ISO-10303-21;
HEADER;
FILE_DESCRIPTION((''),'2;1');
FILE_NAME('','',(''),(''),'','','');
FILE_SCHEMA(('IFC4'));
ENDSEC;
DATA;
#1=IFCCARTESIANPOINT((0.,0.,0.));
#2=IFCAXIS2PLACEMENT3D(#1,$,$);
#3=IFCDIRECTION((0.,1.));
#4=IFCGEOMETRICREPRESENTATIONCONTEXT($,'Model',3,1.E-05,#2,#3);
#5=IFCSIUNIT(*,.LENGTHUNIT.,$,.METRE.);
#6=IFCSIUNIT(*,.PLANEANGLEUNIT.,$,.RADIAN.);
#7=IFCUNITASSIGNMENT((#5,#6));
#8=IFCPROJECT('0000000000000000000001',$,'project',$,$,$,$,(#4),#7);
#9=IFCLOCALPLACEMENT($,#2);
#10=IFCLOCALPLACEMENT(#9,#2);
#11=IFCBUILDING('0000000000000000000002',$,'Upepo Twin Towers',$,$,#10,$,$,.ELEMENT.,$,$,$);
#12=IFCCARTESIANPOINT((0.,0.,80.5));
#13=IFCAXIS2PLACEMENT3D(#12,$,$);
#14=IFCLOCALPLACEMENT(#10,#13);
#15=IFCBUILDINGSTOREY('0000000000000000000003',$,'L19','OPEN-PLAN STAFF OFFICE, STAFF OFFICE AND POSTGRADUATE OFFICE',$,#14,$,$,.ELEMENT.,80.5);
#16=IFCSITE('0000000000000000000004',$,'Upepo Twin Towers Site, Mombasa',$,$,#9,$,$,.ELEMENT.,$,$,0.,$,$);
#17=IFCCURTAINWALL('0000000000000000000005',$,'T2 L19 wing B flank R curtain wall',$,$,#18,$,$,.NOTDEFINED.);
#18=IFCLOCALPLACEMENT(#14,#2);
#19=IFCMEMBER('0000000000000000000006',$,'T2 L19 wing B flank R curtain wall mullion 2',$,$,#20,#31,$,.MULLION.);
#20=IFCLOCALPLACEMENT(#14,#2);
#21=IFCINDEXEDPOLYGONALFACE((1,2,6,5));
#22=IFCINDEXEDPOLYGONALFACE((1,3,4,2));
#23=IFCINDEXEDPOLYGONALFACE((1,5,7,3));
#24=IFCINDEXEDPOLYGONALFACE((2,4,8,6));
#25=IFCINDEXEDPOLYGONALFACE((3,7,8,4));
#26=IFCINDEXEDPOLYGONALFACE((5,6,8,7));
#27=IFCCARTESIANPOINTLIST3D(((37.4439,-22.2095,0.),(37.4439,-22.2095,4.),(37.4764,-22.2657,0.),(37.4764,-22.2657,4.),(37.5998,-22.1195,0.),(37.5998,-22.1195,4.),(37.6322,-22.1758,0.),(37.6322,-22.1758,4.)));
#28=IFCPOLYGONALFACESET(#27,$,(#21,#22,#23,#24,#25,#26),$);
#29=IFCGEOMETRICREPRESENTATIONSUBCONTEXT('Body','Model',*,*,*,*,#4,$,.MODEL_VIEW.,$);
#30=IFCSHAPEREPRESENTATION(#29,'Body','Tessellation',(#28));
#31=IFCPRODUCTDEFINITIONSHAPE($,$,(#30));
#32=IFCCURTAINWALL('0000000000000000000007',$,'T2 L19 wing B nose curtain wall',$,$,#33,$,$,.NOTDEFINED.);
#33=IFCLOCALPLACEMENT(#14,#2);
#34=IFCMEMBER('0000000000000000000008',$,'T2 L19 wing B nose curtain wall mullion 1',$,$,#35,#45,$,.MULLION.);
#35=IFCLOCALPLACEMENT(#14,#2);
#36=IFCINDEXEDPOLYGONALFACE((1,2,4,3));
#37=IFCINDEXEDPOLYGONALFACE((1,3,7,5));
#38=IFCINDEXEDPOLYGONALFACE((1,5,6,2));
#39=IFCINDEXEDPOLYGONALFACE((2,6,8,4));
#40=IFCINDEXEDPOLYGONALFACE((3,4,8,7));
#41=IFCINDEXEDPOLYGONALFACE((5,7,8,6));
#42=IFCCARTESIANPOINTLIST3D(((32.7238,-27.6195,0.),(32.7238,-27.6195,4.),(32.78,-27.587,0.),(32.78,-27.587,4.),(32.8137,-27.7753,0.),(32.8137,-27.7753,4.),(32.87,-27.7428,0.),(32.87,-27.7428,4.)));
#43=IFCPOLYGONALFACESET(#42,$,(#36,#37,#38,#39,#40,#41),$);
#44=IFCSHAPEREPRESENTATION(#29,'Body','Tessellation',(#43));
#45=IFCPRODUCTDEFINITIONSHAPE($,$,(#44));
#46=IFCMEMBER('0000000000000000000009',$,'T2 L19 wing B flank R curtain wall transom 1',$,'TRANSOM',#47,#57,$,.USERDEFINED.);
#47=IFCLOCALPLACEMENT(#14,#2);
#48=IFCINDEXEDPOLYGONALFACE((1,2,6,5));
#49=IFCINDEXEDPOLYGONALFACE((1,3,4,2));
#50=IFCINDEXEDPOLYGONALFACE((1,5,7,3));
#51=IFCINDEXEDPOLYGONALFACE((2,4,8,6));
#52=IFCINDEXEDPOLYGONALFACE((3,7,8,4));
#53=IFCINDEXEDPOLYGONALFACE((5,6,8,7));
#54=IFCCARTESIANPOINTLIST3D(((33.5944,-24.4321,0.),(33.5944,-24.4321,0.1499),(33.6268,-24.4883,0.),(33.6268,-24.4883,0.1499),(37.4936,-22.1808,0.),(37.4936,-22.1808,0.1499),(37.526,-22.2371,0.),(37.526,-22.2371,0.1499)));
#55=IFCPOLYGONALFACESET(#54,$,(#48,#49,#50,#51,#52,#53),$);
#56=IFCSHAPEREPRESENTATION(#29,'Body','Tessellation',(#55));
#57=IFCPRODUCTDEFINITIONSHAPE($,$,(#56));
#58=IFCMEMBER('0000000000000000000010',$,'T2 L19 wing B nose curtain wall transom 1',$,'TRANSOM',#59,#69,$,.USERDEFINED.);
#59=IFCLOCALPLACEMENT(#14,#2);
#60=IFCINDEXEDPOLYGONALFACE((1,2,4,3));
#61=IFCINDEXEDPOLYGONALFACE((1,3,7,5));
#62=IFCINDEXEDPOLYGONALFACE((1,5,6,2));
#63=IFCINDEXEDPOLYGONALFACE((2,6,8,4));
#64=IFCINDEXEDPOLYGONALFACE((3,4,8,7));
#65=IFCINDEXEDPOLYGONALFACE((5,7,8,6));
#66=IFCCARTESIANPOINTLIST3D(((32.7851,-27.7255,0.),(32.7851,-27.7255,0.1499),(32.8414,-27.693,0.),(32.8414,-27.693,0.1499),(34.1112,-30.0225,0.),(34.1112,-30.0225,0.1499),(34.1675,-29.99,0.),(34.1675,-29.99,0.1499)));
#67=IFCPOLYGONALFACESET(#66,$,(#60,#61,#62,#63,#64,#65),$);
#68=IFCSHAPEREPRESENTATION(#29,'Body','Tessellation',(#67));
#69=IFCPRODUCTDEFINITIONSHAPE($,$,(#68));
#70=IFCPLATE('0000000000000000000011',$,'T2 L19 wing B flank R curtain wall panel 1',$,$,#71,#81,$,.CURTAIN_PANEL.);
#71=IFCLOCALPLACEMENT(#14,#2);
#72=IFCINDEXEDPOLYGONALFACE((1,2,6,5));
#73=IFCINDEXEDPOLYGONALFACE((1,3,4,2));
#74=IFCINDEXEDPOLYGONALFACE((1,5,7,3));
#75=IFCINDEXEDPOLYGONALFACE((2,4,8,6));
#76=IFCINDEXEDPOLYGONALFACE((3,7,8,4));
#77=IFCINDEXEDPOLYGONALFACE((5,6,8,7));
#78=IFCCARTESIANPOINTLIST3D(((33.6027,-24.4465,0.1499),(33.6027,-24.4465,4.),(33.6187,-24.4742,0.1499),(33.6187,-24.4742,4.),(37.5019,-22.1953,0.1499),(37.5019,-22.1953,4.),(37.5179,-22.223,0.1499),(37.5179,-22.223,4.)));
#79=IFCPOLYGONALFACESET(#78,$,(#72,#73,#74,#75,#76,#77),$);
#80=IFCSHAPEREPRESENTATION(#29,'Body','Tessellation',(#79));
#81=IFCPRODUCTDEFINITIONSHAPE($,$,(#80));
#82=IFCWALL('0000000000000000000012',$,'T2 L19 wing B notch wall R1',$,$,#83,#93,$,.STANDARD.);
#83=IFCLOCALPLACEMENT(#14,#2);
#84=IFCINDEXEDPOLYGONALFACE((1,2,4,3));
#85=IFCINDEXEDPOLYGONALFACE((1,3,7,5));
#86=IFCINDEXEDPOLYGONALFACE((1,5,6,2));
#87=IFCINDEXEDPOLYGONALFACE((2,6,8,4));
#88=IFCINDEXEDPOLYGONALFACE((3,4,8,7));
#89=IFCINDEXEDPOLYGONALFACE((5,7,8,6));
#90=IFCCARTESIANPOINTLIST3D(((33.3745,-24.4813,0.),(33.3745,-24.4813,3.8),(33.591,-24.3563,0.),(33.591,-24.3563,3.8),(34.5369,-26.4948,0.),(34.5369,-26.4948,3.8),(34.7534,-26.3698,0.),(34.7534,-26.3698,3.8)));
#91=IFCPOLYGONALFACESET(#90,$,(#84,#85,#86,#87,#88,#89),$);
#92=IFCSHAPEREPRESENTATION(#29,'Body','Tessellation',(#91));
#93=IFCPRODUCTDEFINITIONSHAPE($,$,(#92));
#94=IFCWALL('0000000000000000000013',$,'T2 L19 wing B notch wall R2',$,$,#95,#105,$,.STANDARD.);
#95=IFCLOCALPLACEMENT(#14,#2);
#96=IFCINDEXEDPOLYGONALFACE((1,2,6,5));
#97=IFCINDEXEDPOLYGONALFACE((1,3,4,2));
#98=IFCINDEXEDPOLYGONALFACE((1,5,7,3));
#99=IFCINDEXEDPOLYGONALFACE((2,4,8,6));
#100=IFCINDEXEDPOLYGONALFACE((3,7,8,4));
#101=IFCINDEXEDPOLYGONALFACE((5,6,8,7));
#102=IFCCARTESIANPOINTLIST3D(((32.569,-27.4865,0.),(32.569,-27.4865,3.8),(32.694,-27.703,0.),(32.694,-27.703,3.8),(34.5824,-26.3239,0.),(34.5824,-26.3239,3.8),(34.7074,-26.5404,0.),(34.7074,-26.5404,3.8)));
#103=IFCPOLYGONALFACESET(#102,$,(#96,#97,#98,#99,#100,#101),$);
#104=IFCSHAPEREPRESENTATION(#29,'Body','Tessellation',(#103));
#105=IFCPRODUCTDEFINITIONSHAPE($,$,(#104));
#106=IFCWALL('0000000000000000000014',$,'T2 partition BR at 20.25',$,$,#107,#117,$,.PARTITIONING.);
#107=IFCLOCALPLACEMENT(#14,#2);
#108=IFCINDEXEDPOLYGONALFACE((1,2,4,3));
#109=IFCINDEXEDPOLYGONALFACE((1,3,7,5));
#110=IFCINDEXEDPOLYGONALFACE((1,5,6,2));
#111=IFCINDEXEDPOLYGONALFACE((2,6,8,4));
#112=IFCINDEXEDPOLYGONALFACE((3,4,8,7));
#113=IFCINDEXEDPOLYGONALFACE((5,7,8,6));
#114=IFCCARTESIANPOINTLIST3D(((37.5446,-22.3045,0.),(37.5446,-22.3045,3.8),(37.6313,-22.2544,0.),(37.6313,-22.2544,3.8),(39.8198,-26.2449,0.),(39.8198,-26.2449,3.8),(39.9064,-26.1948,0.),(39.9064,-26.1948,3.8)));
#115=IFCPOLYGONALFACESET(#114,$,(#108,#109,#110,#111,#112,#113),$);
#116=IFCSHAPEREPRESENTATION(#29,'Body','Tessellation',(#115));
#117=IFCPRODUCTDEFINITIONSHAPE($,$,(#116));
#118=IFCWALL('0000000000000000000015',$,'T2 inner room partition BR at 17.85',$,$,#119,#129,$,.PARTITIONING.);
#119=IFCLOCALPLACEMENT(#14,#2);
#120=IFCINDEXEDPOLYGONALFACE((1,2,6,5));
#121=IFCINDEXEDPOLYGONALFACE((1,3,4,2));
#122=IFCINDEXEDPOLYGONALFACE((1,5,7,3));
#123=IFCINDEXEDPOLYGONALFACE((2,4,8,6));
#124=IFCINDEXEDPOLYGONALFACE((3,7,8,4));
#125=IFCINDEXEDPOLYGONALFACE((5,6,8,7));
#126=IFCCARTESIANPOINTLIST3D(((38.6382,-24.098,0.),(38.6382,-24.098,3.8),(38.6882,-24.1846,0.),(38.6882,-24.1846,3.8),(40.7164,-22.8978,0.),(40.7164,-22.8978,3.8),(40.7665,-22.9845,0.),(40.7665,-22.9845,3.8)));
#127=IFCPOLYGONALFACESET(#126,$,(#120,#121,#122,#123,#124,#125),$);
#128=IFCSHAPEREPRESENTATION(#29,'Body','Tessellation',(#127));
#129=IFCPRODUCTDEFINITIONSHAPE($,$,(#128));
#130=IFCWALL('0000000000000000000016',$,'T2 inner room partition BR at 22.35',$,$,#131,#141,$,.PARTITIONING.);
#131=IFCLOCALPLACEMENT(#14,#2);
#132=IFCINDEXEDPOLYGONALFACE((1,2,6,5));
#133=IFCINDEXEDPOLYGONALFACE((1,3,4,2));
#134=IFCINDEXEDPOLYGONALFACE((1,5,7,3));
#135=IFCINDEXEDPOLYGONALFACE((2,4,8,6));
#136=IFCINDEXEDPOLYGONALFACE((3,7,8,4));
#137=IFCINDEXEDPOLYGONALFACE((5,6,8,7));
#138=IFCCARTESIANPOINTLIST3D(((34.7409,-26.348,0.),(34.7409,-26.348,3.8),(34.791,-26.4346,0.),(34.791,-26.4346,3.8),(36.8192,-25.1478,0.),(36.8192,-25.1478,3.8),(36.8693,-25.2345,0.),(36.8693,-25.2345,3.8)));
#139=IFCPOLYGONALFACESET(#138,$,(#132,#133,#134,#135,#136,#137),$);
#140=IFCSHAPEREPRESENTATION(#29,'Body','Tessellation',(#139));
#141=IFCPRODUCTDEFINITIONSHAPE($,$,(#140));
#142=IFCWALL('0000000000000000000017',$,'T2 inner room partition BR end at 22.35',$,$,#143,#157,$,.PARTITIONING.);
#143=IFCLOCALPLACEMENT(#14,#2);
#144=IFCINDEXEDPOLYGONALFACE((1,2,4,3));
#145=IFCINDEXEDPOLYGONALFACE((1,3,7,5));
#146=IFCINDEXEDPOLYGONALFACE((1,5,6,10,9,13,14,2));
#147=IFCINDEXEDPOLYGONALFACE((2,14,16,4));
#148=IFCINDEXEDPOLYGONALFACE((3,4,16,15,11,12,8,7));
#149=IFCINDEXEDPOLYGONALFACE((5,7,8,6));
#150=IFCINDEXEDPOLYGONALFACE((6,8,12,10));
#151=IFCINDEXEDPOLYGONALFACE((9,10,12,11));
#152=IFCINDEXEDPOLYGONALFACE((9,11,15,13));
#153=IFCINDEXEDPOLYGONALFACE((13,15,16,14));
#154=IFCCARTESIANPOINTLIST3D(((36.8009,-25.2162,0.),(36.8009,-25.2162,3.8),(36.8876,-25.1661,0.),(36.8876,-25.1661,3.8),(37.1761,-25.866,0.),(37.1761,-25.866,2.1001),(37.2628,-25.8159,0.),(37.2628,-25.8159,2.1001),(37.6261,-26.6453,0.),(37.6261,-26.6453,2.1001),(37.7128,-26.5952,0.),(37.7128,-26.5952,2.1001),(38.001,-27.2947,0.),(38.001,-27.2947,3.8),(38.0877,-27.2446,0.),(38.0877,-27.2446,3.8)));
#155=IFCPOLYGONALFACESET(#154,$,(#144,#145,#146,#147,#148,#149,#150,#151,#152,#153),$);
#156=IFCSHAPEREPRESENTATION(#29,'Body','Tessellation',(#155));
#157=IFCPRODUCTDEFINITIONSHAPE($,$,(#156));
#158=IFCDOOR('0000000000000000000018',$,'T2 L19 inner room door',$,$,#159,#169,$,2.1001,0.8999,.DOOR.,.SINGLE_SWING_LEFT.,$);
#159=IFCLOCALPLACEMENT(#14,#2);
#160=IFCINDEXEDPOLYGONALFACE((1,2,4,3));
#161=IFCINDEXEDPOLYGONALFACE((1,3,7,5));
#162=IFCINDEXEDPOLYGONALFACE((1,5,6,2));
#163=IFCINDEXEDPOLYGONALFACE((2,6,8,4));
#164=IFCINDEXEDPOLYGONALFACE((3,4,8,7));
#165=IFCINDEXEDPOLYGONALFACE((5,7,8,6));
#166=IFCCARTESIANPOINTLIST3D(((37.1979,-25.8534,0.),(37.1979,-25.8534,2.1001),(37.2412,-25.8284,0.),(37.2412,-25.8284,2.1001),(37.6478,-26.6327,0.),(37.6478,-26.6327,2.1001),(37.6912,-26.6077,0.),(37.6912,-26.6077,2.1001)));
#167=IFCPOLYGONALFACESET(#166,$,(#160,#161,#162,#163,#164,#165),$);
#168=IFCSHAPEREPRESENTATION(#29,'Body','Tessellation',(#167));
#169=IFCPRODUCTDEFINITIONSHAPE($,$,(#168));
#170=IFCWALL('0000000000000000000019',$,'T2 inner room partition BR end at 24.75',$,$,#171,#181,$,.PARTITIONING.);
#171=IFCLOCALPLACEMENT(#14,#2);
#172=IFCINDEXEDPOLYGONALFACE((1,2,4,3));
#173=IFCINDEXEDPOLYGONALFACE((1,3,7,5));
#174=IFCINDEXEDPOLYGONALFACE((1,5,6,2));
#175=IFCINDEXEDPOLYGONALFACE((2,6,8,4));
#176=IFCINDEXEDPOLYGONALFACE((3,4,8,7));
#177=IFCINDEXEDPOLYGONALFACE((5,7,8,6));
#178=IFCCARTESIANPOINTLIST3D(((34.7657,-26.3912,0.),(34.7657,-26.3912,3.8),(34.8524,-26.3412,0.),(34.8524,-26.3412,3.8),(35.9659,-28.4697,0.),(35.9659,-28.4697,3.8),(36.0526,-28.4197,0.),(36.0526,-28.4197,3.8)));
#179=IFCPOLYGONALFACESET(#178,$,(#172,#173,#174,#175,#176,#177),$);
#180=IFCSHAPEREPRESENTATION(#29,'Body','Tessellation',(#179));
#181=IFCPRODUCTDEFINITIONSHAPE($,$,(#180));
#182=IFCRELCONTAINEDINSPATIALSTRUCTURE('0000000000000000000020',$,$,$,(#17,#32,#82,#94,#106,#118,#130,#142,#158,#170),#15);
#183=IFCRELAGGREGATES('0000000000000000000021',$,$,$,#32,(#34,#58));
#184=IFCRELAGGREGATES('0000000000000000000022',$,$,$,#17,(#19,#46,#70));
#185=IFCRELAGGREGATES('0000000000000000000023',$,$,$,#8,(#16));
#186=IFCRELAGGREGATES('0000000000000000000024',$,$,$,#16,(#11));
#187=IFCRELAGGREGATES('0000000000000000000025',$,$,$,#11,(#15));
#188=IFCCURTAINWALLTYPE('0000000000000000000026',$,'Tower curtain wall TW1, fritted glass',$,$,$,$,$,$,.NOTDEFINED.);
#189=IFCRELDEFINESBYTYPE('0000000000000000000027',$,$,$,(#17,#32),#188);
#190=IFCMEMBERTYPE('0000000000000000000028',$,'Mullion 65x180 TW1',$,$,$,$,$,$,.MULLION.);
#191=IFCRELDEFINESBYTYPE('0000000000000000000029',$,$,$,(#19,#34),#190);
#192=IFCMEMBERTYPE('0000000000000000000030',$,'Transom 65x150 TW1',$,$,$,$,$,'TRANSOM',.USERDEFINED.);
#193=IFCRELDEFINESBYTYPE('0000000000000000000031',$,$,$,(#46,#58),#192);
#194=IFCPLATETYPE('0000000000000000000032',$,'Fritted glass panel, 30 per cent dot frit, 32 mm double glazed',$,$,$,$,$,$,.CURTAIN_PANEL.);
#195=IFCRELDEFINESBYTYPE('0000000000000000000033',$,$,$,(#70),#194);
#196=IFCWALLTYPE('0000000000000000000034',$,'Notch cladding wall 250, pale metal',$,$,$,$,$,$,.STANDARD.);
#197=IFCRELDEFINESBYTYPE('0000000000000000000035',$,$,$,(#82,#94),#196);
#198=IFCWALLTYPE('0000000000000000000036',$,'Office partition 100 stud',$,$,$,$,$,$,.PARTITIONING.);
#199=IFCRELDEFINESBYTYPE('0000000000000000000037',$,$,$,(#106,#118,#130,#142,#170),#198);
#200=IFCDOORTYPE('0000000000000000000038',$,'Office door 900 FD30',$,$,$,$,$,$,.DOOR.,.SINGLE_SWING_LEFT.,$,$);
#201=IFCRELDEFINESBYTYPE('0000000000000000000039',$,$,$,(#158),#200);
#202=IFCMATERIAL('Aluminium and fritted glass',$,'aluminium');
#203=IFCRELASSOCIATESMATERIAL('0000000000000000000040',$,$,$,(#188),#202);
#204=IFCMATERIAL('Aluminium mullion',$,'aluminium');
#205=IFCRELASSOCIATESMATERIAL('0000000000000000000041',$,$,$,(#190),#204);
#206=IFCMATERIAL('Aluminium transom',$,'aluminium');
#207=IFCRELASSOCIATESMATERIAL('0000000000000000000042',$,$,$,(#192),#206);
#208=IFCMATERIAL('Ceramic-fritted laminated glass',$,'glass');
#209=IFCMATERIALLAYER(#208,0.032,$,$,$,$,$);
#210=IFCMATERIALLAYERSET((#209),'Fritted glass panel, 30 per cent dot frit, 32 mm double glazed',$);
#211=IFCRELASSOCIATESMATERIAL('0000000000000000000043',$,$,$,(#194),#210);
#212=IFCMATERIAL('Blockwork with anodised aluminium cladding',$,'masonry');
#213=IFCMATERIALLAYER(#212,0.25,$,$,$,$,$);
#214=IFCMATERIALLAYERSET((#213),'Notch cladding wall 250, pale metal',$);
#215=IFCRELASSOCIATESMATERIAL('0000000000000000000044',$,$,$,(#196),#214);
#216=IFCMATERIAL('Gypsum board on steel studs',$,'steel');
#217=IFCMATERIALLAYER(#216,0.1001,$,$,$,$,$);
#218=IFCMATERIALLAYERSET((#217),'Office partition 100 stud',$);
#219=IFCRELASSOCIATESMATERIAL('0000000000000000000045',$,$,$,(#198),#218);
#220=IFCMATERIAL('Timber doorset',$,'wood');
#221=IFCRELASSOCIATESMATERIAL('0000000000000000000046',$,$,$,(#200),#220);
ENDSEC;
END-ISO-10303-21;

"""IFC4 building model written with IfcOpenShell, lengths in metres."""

from ifc_helpers import new_model, si_unit, direction, frame, frame_2d, origin, origin_2d, place, context, subcontext, project, spatial, rectangle, extrude, material, layer, layer_set, material_profile, profile_set, type_object, element, fill, aggregate, save


model = new_model("IFC4")

# Units and contexts
model_context = context("Model", 3, precision=1e-05, world=origin(), true_north=direction((0.0, 1.0)))
body_context = subcontext(model_context, "Body", "Model", "MODEL_VIEW")
ifc_project = project(units=[si_unit("LENGTHUNIT", "METRE"), si_unit("PLANEANGLEUNIT", "RADIAN")], contexts=[model_context])

# Site, building, storey
site_placement = place(None, origin())
site = spatial("IfcSite", under=ifc_project, at=site_placement, Name="Upepo Twin Towers Site, Mombasa", CompositionType="ELEMENT", RefElevation=0.0)
building_placement = place(site_placement, origin())
building = spatial("IfcBuilding", under=site, at=building_placement, Name="Upepo Twin Towers", CompositionType="ELEMENT")
storey_placement = place(building_placement, frame((0.0, 0.0, 80.5)))
storey = spatial("IfcBuildingStorey", under=building, at=storey_placement, Name="L19", Description="OPEN-PLAN STAFF OFFICE, STAFF OFFICE AND POSTGRADUATE OFFICE", CompositionType="ELEMENT", Elevation=80.5)

# Curtain wall, member
ifc_material_1 = material(Name="Aluminium and fritted glass", Category="aluminium")
curtain_wall_type = type_object("IfcCurtainWallType", Name="Tower curtain wall TW1, fritted glass", PredefinedType="NOTDEFINED", material=ifc_material_1)
curtain_wall_1_placement = place(storey_placement, origin())
curtain_wall_1 = element("IfcCurtainWall", 1, at=curtain_wall_1_placement, inside=storey, type_object=curtain_wall_type, Name="T2 L19 wing B flank R curtain wall", PredefinedType="NOTDEFINED")
ifc_material_2 = material(Name="Aluminium mullion", Category="aluminium")
ifc_material_profile_1 = material_profile(ifc_material_2, rectangle(XDim=0.0649, YDim=0.1799, at=origin_2d()), Name="MULLION 65x180")
ifc_profile_set_1 = profile_set([ifc_material_profile_1], Name="Aluminium mullion")
member_type_1 = type_object("IfcMemberType", Name="Mullion 65x180 TW1", PredefinedType="MULLION", material=ifc_profile_set_1)
member_1_placement = place(storey_placement, frame((37.5381, -22.1926, 0.0), z_axis=(0.0, 0.0, 1.0), x_axis=(-0.5, 0.866025, 0.0)))
member_1 = element("IfcMember", 2, at=member_1_placement, type_object=member_type_1, Name="T2 L19 wing B flank R curtain wall mullion 2", PredefinedType="MULLION", context=body_context, shape_type="SweptSolid", body=[
    extrude(rectangle(XDim=0.0649, YDim=0.1799, at=origin_2d()), origin(), (0.0, 0.0, 1.0), 4.0),
])

# Curtain wall, member
curtain_wall_2_placement = place(storey_placement, origin())
curtain_wall_2 = element("IfcCurtainWall", 3, at=curtain_wall_2_placement, inside=storey, type_object=curtain_wall_type, Name="T2 L19 wing B nose curtain wall", PredefinedType="NOTDEFINED")
member_2_placement = place(storey_placement, frame((32.7969, -27.6812, 0.0), z_axis=(0.0, 0.0, 1.0), x_axis=(0.866025, 0.5, 0.0)))
member_2 = element("IfcMember", 4, at=member_2_placement, type_object=member_type_1, Name="T2 L19 wing B nose curtain wall mullion 1", PredefinedType="MULLION", context=body_context, shape_type="SweptSolid", body=[
    extrude(rectangle(XDim=0.0649, YDim=0.1799, at=origin_2d()), origin(), (0.0, 0.0, 1.0), 4.0),
])

# Members
ifc_material_3 = material(Name="Aluminium transom", Category="aluminium")
ifc_material_profile_2 = material_profile(ifc_material_3, rectangle(XDim=0.0649, YDim=0.1499, at=origin_2d()), Name="TRANSOM 65x150")
ifc_profile_set_2 = profile_set([ifc_material_profile_2], Name="Aluminium transom")
member_type_2 = type_object("IfcMemberType", Name="Transom 65x150 TW1", ElementType="TRANSOM", PredefinedType="USERDEFINED", material=ifc_profile_set_2)
member_3_placement = place(storey_placement, frame((33.6106, -24.4602, 0.075), z_axis=(0.866022, 0.500006, 0.0), x_axis=(-0.500006, 0.866022, 0.0)))
member_3 = element("IfcMember", 5, at=member_3_placement, type_object=member_type_2, Name="T2 L19 wing B flank R curtain wall transom 1", ObjectType="TRANSOM", PredefinedType="USERDEFINED", context=body_context, shape_type="SweptSolid", body=[
    extrude(rectangle(XDim=0.0649, YDim=0.1499, at=origin_2d()), origin(), (0.0, 0.0, 1.0), 4.5024),
])
member_4_placement = place(storey_placement, frame((32.8132, -27.7092, 0.075), z_axis=(0.49998, -0.866037, 0.0), x_axis=(0.866037, 0.49998, 0.0)))
member_4 = element("IfcMember", 6, at=member_4_placement, type_object=member_type_2, Name="T2 L19 wing B nose curtain wall transom 1", ObjectType="TRANSOM", PredefinedType="USERDEFINED", context=body_context, shape_type="SweptSolid", body=[
    extrude(rectangle(XDim=0.0649, YDim=0.1499, at=origin_2d()), origin(), (0.0, 0.0, 1.0), 2.6523),
])
aggregate(curtain_wall_2, [member_2, member_4])

# Plate
ifc_material_4 = material(Name="Ceramic-fritted laminated glass", Category="glass")
ifc_layer_1 = layer(ifc_material_4, 0.032)
ifc_layer_set_1 = layer_set([ifc_layer_1], Name="Fritted glass panel, 30 per cent dot frit, 32 mm double glazed")
plate_type = type_object("IfcPlateType", Name="Fritted glass panel, 30 per cent dot frit, 32 mm double glazed", PredefinedType="CURTAIN_PANEL", material=ifc_layer_set_1)
plate_placement = place(storey_placement, frame((35.5603, -23.3347, 0.1499), z_axis=(0.0, 0.0, 1.0), x_axis=(0.866025, 0.5, 0.0)))
plate = element("IfcPlate", 7, at=plate_placement, type_object=plate_type, Name="T2 L19 wing B flank R curtain wall panel 1", PredefinedType="CURTAIN_PANEL", context=body_context, shape_type="SweptSolid", body=[
    extrude(rectangle(XDim=4.5024, YDim=0.032, at=origin_2d()), origin(), (0.0, 0.0, 1.0), 3.8501),
])
aggregate(curtain_wall_1, [member_1, member_3, plate])

# Walls
ifc_material_5 = material(Name="Blockwork with anodised aluminium cladding", Category="masonry")
ifc_layer_2 = layer(ifc_material_5, 0.25)
ifc_layer_set_2 = layer_set([ifc_layer_2], Name="Notch cladding wall 250, pale metal")
wall_type_1 = type_object("IfcWallType", Name="Notch cladding wall 250, pale metal", PredefinedType="STANDARD", material=ifc_layer_set_2)
for number, where, z_axis, x_axis, name in (
    (8, (33.4827, -24.4187, 0.0), (0.0, 0.0, 1.0), (0.499968, -0.866044, 0.0), "T2 L19 wing B notch wall R1"),
    (9, (34.645, -26.4321, 0.0), (0.0, 0.0, 1.0), (-0.865998, -0.500047, 0.0), "T2 L19 wing B notch wall R2"),
):
    element("IfcWall", number, at=place(storey_placement, frame(where, z_axis=z_axis, x_axis=x_axis)), inside=storey, type_object=wall_type_1, Name=name, PredefinedType="STANDARD", context=body_context, shape_type="SweptSolid", body=[
        extrude(rectangle(XDim=2.325, YDim=0.25, at=frame_2d((1.1626, 0.0))), origin(), (0.0, 0.0, 1.0), 3.8),
    ])
ifc_material_6 = material(Name="Gypsum board on steel studs", Category="steel")
ifc_layer_3 = layer(ifc_material_6, 0.1001)
ifc_layer_set_3 = layer_set([ifc_layer_3], Name="Office partition 100 stud")
wall_type_2 = type_object("IfcWallType", Name="Office partition 100 stud", PredefinedType="PARTITIONING", material=ifc_layer_set_3)
wall_1_placement = place(storey_placement, frame((39.863, -26.2197, 0.0), z_axis=(0.0, 0.0, 1.0), x_axis=(-0.500023, 0.866012, 0.0)))
element("IfcWall", 10, at=wall_1_placement, inside=storey, type_object=wall_type_2, Name="T2 partition BR at 20.25", PredefinedType="PARTITIONING", context=body_context, shape_type="SweptSolid", body=[
    extrude(rectangle(XDim=4.55, YDim=0.1001, at=frame_2d((2.2749, 0.0))), origin(), (0.0, 0.0, 1.0), 3.8),
])
for number, where, z_axis, x_axis, name in (
    (11, (40.7415, -22.9412, 0.0), (0.0, 0.0, 1.0), (-0.865981, -0.500078, 0.0), "T2 inner room partition BR at 17.85"),
    (12, (36.8442, -25.1912, 0.0), (0.0, 0.0, 1.0), (-0.865981, -0.500078, 0.0), "T2 inner room partition BR at 22.35"),
):
    element("IfcWall", number, at=place(storey_placement, frame(where, z_axis=z_axis, x_axis=x_axis)), inside=storey, type_object=wall_type_2, Name=name, PredefinedType="PARTITIONING", context=body_context, shape_type="SweptSolid", body=[
        extrude(rectangle(XDim=2.3999, YDim=0.1001, at=frame_2d((1.2, 0.0))), origin(), (0.0, 0.0, 1.0), 3.8),
    ])

# Wall, opening, door
wall_2_placement = place(storey_placement, frame((38.0444, -27.2698, 0.0), z_axis=(0.0, 0.0, 1.0), x_axis=(-0.500034, 0.866006, 0.0)))
wall_2 = element("IfcWall", 13, at=wall_2_placement, inside=storey, type_object=wall_type_2, Name="T2 inner room partition BR end at 22.35", PredefinedType="PARTITIONING", context=body_context, shape_type="SweptSolid", body=[
    extrude(rectangle(XDim=2.4001, YDim=0.1001, at=frame_2d((1.2002, 0.0))), origin(), (0.0, 0.0, 1.0), 3.8),
])
opening_1_placement = place(wall_2_placement, frame((0.75, 0.0, 0.0)))
opening_1 = element("IfcOpeningElement", 14, at=opening_1_placement, cuts=wall_2, PredefinedType="OPENING", context=body_context, shape_type="SweptSolid", body=[
    extrude(rectangle(XDim=0.8999, YDim=2.1001, at=frame_2d((0.45, 1.05))), frame((0.0, 0.0601, 0.0), z_axis=(0.0, -1.0, 0.0), x_axis=(1.0, 0.0, 0.0)), (0.0, 0.0, 1.0), 0.1201),
])
ifc_material_7 = material(Name="Timber doorset", Category="wood")
door_type_1 = type_object("IfcDoorType", Name="Office door 900 FD30", OperationType="SINGLE_SWING_LEFT", PredefinedType="DOOR", material=ifc_material_7)
door_1_placement = place(opening_1_placement, origin())
door_1 = element("IfcDoor", 15, at=door_1_placement, inside=storey, type_object=door_type_1, Name="T2 L19 inner room door", OperationType="SINGLE_SWING_LEFT", OverallHeight=2.1001, OverallWidth=0.8999, PredefinedType="DOOR", context=body_context, shape_type="SweptSolid", body=[
    extrude(rectangle(XDim=0.8999, YDim=2.1001, at=frame_2d((0.45, 1.05))), frame((0.0, 0.0249, 0.0), z_axis=(0.0, -1.0, 0.0), x_axis=(1.0, 0.0, 0.0)), (0.0, 0.0, 1.0), 0.05),
])
fill(opening_1, door_1)

# Wall
wall_3_placement = place(storey_placement, frame((36.0093, -28.4448, 0.0), z_axis=(0.0, 0.0, 1.0), x_axis=(-0.500034, 0.866006, 0.0)))
element("IfcWall", 16, at=wall_3_placement, inside=storey, type_object=wall_type_2, Name="T2 inner room partition BR end at 24.75", PredefinedType="PARTITIONING", context=body_context, shape_type="SweptSolid", body=[
    extrude(rectangle(XDim=2.4001, YDim=0.1001, at=frame_2d((1.2002, 0.0))), origin(), (0.0, 0.0, 1.0), 3.8),
])

save(model, "model.ifc")
